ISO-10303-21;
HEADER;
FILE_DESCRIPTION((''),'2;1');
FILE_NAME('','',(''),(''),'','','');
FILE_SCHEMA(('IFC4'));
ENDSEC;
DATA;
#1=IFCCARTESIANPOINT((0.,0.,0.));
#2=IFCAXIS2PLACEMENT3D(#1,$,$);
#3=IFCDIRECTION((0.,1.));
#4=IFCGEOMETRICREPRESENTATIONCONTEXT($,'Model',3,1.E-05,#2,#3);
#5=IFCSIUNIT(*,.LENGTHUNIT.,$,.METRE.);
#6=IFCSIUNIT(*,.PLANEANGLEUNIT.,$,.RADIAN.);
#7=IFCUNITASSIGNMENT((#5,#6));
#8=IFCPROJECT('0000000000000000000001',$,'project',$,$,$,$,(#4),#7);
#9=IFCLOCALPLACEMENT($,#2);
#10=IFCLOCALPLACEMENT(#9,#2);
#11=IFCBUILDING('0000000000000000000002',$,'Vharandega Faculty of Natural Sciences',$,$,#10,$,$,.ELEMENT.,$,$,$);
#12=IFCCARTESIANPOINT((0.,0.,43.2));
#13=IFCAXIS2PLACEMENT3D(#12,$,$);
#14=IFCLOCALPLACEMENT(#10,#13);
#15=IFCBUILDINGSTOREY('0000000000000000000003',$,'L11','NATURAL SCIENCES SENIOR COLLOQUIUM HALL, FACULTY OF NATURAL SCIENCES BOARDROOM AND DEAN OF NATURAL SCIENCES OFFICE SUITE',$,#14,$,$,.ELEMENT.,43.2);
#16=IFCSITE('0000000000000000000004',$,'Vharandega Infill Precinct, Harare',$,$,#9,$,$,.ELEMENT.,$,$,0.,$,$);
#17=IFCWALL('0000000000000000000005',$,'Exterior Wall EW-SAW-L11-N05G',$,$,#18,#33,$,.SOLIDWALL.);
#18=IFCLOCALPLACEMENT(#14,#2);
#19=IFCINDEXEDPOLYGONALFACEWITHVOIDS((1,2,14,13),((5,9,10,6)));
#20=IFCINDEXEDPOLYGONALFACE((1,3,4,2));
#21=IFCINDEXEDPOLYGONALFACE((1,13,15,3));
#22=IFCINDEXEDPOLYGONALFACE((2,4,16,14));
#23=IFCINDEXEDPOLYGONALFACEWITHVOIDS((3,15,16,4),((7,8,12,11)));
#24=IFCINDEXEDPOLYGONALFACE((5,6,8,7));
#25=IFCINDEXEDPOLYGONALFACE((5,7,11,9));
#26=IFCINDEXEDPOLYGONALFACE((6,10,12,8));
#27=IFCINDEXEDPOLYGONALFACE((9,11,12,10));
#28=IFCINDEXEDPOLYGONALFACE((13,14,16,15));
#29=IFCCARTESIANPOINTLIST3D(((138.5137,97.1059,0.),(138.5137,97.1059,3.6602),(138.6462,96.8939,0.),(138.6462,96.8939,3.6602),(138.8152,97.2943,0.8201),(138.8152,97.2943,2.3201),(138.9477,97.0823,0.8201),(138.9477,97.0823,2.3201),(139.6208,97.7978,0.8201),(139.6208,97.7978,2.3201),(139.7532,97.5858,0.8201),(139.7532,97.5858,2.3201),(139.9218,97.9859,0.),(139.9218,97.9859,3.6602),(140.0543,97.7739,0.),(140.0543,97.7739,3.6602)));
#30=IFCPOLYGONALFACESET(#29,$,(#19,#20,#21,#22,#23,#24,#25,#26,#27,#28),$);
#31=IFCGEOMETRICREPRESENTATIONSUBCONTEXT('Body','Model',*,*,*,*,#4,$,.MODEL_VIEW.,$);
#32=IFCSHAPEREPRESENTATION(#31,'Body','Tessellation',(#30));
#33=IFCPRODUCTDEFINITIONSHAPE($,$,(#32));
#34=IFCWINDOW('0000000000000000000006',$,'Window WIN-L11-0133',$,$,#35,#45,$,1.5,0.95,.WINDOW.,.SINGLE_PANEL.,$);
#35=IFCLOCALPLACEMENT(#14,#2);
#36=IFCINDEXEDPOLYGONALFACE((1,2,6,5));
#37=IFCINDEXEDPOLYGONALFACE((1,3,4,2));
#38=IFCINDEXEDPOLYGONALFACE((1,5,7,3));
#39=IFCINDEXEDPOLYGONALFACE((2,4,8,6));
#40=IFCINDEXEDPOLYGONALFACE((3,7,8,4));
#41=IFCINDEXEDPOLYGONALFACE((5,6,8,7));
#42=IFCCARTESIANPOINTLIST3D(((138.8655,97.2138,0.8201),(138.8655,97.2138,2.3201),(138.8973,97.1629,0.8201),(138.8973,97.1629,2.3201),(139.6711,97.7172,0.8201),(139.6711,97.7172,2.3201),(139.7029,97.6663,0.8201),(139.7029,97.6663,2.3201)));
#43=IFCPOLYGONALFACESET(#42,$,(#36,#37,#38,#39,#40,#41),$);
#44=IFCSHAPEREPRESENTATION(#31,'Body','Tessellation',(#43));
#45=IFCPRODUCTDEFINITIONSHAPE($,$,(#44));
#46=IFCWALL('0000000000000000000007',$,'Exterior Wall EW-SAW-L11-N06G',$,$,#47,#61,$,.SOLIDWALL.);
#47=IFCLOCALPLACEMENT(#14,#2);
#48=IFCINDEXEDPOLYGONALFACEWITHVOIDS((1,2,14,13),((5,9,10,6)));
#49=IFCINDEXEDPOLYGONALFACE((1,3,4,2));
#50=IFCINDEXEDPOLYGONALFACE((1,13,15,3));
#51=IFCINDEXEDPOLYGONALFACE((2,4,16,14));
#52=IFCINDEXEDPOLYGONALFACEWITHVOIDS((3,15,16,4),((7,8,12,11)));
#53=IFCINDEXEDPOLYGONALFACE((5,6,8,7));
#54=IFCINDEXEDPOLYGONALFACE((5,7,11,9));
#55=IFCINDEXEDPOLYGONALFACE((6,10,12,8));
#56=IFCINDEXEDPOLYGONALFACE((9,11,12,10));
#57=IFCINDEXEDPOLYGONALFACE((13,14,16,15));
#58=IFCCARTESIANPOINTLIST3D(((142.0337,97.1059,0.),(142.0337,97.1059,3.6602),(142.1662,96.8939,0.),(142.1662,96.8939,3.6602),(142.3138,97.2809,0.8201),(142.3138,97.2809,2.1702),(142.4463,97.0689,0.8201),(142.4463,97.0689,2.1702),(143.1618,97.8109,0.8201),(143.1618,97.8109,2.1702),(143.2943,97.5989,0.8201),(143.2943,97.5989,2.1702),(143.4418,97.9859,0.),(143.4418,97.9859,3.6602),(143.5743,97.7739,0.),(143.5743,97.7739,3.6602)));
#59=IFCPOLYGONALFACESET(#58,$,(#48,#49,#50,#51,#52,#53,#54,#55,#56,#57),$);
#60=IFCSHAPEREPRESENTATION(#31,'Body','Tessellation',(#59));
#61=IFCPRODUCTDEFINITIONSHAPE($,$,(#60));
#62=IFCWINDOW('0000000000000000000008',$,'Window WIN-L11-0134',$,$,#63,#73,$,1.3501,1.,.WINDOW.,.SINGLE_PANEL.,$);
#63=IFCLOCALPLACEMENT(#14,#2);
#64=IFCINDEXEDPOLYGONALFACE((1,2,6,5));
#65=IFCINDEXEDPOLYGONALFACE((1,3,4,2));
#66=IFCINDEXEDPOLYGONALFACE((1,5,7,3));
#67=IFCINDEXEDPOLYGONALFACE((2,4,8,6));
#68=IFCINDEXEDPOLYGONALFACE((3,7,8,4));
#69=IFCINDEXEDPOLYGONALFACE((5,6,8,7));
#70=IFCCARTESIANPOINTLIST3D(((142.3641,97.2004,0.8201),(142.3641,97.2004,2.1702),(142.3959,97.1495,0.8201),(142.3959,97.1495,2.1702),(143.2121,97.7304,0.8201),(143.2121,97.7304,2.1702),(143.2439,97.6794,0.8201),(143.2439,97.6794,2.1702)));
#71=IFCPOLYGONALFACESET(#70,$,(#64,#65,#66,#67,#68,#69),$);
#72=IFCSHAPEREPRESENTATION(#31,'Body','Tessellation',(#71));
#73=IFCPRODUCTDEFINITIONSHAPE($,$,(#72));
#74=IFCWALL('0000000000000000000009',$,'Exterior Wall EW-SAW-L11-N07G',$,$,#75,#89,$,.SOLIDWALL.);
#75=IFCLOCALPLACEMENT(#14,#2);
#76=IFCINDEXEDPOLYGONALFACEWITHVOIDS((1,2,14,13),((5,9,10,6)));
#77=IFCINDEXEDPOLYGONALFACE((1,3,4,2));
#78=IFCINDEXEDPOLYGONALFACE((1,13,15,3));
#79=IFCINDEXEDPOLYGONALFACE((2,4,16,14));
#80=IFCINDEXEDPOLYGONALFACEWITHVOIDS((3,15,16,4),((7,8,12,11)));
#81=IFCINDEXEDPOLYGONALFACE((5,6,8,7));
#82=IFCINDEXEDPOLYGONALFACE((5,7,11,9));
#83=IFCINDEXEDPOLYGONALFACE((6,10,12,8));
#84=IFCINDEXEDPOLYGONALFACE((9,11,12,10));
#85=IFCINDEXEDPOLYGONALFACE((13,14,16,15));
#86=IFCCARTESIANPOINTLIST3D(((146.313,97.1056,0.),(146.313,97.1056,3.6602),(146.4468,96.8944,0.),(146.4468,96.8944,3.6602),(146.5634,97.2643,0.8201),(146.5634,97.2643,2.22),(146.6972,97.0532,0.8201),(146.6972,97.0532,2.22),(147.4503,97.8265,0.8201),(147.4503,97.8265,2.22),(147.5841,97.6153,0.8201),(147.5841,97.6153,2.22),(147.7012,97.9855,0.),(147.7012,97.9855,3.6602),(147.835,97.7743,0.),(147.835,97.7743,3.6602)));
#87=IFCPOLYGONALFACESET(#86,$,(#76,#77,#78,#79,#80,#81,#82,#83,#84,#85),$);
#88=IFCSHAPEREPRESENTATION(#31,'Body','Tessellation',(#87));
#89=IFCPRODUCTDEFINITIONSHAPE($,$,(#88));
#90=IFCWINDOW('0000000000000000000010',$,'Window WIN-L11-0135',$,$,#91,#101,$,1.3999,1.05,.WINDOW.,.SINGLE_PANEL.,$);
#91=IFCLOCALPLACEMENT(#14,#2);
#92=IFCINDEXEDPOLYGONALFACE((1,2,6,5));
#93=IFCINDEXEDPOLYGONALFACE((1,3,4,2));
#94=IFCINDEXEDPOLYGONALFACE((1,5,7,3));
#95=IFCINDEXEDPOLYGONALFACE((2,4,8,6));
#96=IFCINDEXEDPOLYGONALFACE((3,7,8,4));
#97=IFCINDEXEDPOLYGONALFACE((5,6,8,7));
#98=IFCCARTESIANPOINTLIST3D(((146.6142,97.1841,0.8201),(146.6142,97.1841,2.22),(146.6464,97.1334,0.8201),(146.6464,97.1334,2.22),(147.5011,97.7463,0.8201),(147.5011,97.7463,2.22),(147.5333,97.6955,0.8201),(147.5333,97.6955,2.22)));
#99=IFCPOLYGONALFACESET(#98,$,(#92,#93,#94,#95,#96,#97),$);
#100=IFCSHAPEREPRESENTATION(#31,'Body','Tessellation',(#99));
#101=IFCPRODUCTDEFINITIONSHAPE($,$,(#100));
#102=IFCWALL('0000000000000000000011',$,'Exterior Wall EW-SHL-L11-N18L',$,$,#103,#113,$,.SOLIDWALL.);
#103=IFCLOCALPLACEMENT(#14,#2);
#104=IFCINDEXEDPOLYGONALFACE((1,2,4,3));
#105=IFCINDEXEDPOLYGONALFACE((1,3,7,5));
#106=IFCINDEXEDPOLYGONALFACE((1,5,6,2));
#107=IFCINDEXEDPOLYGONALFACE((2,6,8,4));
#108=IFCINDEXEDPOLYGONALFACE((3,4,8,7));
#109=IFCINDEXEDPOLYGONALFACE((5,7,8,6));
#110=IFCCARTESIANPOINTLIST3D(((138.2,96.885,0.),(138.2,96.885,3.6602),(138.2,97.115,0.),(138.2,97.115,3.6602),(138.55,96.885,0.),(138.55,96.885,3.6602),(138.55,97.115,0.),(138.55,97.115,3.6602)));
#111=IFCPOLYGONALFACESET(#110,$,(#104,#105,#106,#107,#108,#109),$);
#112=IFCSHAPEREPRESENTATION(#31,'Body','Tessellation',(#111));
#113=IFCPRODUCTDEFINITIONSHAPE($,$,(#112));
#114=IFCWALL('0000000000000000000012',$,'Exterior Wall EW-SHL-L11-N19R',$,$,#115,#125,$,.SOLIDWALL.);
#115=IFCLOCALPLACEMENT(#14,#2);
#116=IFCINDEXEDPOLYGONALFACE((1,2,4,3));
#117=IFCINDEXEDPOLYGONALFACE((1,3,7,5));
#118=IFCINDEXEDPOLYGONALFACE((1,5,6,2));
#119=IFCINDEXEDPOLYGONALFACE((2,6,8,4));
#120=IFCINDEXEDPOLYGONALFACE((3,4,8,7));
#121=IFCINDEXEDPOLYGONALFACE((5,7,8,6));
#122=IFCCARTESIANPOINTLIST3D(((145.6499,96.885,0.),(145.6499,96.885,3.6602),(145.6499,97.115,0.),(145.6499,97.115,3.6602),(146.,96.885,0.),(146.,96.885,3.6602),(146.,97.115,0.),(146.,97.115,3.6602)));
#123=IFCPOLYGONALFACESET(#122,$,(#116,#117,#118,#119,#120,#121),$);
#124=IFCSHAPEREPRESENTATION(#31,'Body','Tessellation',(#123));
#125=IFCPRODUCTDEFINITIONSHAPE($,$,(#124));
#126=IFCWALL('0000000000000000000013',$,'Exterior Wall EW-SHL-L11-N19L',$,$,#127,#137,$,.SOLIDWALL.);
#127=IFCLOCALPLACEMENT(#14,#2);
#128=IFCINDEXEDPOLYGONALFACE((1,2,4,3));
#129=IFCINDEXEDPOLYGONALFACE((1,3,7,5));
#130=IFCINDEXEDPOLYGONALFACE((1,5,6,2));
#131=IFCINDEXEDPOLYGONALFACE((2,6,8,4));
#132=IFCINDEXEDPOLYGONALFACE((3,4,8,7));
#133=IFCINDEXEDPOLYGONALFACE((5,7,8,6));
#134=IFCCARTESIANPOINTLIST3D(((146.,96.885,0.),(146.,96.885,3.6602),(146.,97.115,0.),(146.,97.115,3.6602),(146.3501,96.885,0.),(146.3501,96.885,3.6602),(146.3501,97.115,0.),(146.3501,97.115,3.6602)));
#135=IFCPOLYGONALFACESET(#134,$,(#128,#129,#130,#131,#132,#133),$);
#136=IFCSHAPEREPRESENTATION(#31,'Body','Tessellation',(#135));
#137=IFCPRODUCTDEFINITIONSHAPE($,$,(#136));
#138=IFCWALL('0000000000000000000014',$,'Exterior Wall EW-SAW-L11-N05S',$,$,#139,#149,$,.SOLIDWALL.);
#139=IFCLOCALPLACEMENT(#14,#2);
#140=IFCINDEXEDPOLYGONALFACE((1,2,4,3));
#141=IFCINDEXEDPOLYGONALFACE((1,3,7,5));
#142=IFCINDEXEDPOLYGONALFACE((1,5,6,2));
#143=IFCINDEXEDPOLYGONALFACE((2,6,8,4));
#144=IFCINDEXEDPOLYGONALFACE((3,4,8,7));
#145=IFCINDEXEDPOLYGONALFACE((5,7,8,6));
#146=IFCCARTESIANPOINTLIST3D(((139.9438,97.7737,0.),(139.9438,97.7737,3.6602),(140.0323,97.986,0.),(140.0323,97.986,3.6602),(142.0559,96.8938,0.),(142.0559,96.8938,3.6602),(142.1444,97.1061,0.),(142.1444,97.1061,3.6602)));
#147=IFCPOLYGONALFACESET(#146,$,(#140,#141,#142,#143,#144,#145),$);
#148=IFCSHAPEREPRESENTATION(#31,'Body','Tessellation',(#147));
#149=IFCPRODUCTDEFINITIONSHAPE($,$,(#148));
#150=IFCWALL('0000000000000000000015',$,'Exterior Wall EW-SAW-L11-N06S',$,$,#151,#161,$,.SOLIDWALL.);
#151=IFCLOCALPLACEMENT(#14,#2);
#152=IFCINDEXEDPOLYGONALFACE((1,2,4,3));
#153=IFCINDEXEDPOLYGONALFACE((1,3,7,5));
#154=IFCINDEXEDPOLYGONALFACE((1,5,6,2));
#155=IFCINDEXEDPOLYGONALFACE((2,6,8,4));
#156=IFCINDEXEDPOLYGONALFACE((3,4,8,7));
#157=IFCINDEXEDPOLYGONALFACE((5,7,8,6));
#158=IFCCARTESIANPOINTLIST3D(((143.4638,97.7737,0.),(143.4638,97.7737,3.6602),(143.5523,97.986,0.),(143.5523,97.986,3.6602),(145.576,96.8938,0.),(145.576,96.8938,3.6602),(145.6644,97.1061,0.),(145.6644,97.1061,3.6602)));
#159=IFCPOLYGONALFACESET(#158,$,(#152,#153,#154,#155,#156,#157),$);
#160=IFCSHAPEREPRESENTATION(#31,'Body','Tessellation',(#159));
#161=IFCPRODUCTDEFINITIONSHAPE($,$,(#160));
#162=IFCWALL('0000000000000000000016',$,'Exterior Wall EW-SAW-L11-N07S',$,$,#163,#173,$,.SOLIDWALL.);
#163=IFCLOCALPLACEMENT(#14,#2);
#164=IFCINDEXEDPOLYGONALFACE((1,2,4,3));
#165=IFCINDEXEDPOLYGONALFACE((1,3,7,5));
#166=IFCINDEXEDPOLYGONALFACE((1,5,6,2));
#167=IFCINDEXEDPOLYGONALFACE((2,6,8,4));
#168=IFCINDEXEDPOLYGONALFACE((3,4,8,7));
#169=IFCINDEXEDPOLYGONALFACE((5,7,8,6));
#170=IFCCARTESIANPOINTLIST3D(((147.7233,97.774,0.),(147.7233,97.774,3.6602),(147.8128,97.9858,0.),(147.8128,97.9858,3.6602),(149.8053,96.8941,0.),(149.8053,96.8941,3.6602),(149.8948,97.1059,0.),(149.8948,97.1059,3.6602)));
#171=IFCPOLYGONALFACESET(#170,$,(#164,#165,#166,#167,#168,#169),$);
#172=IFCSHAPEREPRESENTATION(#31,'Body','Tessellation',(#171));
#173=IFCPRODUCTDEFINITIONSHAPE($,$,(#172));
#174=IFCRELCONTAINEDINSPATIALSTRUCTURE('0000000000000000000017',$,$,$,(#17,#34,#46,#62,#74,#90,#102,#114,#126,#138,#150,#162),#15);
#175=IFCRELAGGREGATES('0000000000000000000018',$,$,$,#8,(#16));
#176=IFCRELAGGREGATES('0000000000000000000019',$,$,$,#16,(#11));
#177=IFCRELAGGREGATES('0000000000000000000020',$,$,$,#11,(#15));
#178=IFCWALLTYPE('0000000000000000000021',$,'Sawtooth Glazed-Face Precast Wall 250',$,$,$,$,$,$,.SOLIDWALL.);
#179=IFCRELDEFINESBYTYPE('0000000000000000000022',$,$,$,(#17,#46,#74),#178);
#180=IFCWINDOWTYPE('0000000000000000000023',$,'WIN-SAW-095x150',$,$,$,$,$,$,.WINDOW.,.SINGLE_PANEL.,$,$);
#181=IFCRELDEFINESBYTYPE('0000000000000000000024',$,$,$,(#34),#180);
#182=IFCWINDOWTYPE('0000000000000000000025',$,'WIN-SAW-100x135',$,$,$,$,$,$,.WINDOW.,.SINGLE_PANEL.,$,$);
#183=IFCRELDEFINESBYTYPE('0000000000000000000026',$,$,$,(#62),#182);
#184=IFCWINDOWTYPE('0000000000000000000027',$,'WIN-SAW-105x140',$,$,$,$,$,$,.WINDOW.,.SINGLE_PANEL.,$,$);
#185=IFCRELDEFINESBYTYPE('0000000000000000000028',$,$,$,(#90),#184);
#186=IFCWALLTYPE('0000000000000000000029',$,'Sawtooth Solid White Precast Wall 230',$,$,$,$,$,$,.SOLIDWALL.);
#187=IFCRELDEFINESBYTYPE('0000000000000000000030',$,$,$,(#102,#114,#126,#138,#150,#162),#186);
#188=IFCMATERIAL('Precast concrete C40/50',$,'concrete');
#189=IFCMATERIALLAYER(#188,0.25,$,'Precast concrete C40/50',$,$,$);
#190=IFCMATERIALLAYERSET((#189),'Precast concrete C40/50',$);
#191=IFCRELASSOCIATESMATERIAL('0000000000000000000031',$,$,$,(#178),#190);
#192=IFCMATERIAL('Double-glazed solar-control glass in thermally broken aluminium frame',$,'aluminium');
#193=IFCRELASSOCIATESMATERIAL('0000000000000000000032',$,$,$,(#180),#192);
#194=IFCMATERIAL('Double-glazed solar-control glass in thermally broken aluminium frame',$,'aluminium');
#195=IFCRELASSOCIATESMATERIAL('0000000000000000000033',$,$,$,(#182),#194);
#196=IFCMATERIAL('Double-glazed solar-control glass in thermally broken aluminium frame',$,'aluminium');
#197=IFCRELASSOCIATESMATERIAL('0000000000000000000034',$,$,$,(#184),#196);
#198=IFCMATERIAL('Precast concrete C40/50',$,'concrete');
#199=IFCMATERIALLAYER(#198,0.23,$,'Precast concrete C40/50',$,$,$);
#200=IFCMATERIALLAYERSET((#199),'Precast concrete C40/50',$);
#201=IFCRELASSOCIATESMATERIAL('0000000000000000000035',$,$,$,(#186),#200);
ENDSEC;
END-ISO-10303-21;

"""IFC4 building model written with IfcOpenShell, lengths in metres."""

from ifc_helpers import new_model, si_unit, direction, frame, frame_2d, origin, place, context, subcontext, project, spatial, rectangle, extrude, material, layer, layer_set, type_object, element, fill, save


model = new_model("IFC4")

# Units and contexts
model_context = context("Model", 3, precision=1e-05, world=origin(), true_north=direction((0.0, 1.0)))
body_context = subcontext(model_context, "Body", "Model", "MODEL_VIEW")
ifc_project = project(units=[si_unit("LENGTHUNIT", "METRE"), si_unit("PLANEANGLEUNIT", "RADIAN")], contexts=[model_context])

# Site, building, storey
site_placement = place(None, origin())
site = spatial("IfcSite", under=ifc_project, at=site_placement, Name="Vharandega Infill Precinct, Harare", CompositionType="ELEMENT", RefElevation=0.0)
building_placement = place(site_placement, origin())
building = spatial("IfcBuilding", under=site, at=building_placement, Name="Vharandega Faculty of Natural Sciences", CompositionType="ELEMENT")
storey_placement = place(building_placement, frame((0.0, 0.0, 43.2)))
storey = spatial("IfcBuildingStorey", under=building, at=storey_placement, Name="L11", Description="NATURAL SCIENCES SENIOR COLLOQUIUM HALL, FACULTY OF NATURAL SCIENCES BOARDROOM AND DEAN OF NATURAL SCIENCES OFFICE SUITE", CompositionType="ELEMENT", Elevation=43.2)

# Walls, openings, windows
ifc_material_1 = material(Name="Precast concrete C40/50", Category="concrete")
ifc_layer_1 = layer(ifc_material_1, 0.25, Name="Precast concrete C40/50")
ifc_layer_set_1 = layer_set([ifc_layer_1], Name="Precast concrete C40/50")
wall_type_1 = type_object("IfcWallType", Name="Sawtooth Glazed-Face Precast Wall 250", PredefinedType="SOLIDWALL", material=ifc_layer_set_1)
wall_1_placement = place(storey_placement, frame((138.5801, 97.0, 0.0), z_axis=(0.0, 0.0, 1.0), x_axis=(0.848023, 0.529959, 0.0)))
wall_1 = element("IfcWall", 1, at=wall_1_placement, inside=storey, type_object=wall_type_1, Name="Exterior Wall EW-SAW-L11-N05G", PredefinedType="SOLIDWALL", context=body_context, shape_type="SweptSolid", body=[
    extrude(rectangle(XDim=1.6604, YDim=0.25, at=frame_2d((0.8301, 0.0))), origin(), (0.0, 0.0, 1.0), 3.6602),
])
opening_1_placement = place(wall_1_placement, frame((0.3552, 0.0, 0.8201)))
opening_1 = element("IfcOpeningElement", 2, at=opening_1_placement, cuts=wall_1, PredefinedType="OPENING", context=body_context, shape_type="SweptSolid", body=[
    extrude(rectangle(XDim=0.95, YDim=1.5, at=frame_2d((0.4751, 0.75))), frame((0.0, 0.135, 0.0), z_axis=(0.0, -1.0, 0.0), x_axis=(1.0, 0.0, 0.0)), (0.0, 0.0, 1.0), 0.27),
])
ifc_material_2 = material(Name="Double-glazed solar-control glass in thermally broken aluminium frame", Category="aluminium")
window_type_1 = type_object("IfcWindowType", Name="WIN-SAW-095x150", PartitioningType="SINGLE_PANEL", PredefinedType="WINDOW", material=ifc_material_2)
window_1_placement = place(opening_1_placement, origin())
window_1 = element("IfcWindow", 3, at=window_1_placement, inside=storey, type_object=window_type_1, Name="Window WIN-L11-0133", OverallHeight=1.5, OverallWidth=0.95, PartitioningType="SINGLE_PANEL", PredefinedType="WINDOW", context=body_context, shape_type="SweptSolid", body=[
    extrude(rectangle(XDim=0.95, YDim=1.5, at=frame_2d((0.4751, 0.75))), frame((0.0, 0.03, 0.0), z_axis=(0.0, -1.0, 0.0), x_axis=(1.0, 0.0, 0.0)), (0.0, 0.0, 1.0), 0.0601),
])
fill(opening_1, window_1)
wall_2_placement = place(storey_placement, frame((142.1001, 97.0, 0.0), z_axis=(0.0, 0.0, 1.0), x_axis=(0.848023, 0.529959, 0.0)))
wall_2 = element("IfcWall", 4, at=wall_2_placement, inside=storey, type_object=wall_type_1, Name="Exterior Wall EW-SAW-L11-N06G", PredefinedType="SOLIDWALL", context=body_context, shape_type="SweptSolid", body=[
    extrude(rectangle(XDim=1.6604, YDim=0.25, at=frame_2d((0.8301, 0.0))), origin(), (0.0, 0.0, 1.0), 3.6602),
])
opening_2_placement = place(wall_2_placement, frame((0.3301, 0.0, 0.8201)))
opening_2 = element("IfcOpeningElement", 5, at=opening_2_placement, cuts=wall_2, PredefinedType="OPENING", context=body_context, shape_type="SweptSolid", body=[
    extrude(rectangle(XDim=1.0, YDim=1.3501, at=frame_2d((0.5, 0.675))), frame((0.0, 0.135, 0.0), z_axis=(0.0, -1.0, 0.0), x_axis=(1.0, 0.0, 0.0)), (0.0, 0.0, 1.0), 0.27),
])
ifc_material_3 = material(Name="Double-glazed solar-control glass in thermally broken aluminium frame", Category="aluminium")
window_type_2 = type_object("IfcWindowType", Name="WIN-SAW-100x135", PartitioningType="SINGLE_PANEL", PredefinedType="WINDOW", material=ifc_material_3)
window_2_placement = place(opening_2_placement, origin())
window_2 = element("IfcWindow", 6, at=window_2_placement, inside=storey, type_object=window_type_2, Name="Window WIN-L11-0134", OverallHeight=1.3501, OverallWidth=1.0, PartitioningType="SINGLE_PANEL", PredefinedType="WINDOW", context=body_context, shape_type="SweptSolid", body=[
    extrude(rectangle(XDim=1.0, YDim=1.3501, at=frame_2d((0.5, 0.675))), frame((0.0, 0.03, 0.0), z_axis=(0.0, -1.0, 0.0), x_axis=(1.0, 0.0, 0.0)), (0.0, 0.0, 1.0), 0.0601),
])
fill(opening_2, window_2)
wall_3_placement = place(storey_placement, frame((146.3799, 97.0, 0.0), z_axis=(0.0, 0.0, 1.0), x_axis=(0.844627, 0.535356, 0.0)))
wall_3 = element("IfcWall", 7, at=wall_3_placement, inside=storey, type_object=wall_type_1, Name="Exterior Wall EW-SAW-L11-N07G", PredefinedType="SOLIDWALL", context=body_context, shape_type="SweptSolid", body=[
    extrude(rectangle(XDim=1.6436, YDim=0.25, at=frame_2d((0.8218, 0.0))), origin(), (0.0, 0.0, 1.0), 3.6602),
])
opening_3_placement = place(wall_3_placement, frame((0.2966, 0.0, 0.8201)))
opening_3 = element("IfcOpeningElement", 8, at=opening_3_placement, cuts=wall_3, PredefinedType="OPENING", context=body_context, shape_type="SweptSolid", body=[
    extrude(rectangle(XDim=1.05, YDim=1.3999, at=frame_2d((0.5249, 0.7))), frame((0.0, 0.135, 0.0), z_axis=(0.0, -1.0, 0.0), x_axis=(1.0, 0.0, 0.0)), (0.0, 0.0, 1.0), 0.27),
])
ifc_material_4 = material(Name="Double-glazed solar-control glass in thermally broken aluminium frame", Category="aluminium")
window_type_3 = type_object("IfcWindowType", Name="WIN-SAW-105x140", PartitioningType="SINGLE_PANEL", PredefinedType="WINDOW", material=ifc_material_4)
window_3_placement = place(opening_3_placement, origin())
window_3 = element("IfcWindow", 9, at=window_3_placement, inside=storey, type_object=window_type_3, Name="Window WIN-L11-0135", OverallHeight=1.3999, OverallWidth=1.05, PartitioningType="SINGLE_PANEL", PredefinedType="WINDOW", context=body_context, shape_type="SweptSolid", body=[
    extrude(rectangle(XDim=1.05, YDim=1.3999, at=frame_2d((0.5249, 0.7))), frame((0.0, 0.03, 0.0), z_axis=(0.0, -1.0, 0.0), x_axis=(1.0, 0.0, 0.0)), (0.0, 0.0, 1.0), 0.0601),
])
fill(opening_3, window_3)

# Walls
ifc_material_5 = material(Name="Precast concrete C40/50", Category="concrete")
ifc_layer_2 = layer(ifc_material_5, 0.23, Name="Precast concrete C40/50")
ifc_layer_set_2 = layer_set([ifc_layer_2], Name="Precast concrete C40/50")
wall_type_2 = type_object("IfcWallType", Name="Sawtooth Solid White Precast Wall 230", PredefinedType="SOLIDWALL", material=ifc_layer_set_2)
for number, where, z_axis, x_axis, name in (
    (10, (138.2, 97.0, 0.0), (0.0, 0.0, 1.0), (1.0, 0.0, 0.0), "Exterior Wall EW-SHL-L11-N18L"),
    (11, (145.6499, 97.0, 0.0), (0.0, 0.0, 1.0), (1.0, 0.0, 0.0), "Exterior Wall EW-SHL-L11-N19R"),
    (12, (146.0, 97.0, 0.0), (0.0, 0.0, 1.0), (1.0, 0.0, 0.0), "Exterior Wall EW-SHL-L11-N19L"),
):
    element("IfcWall", number, at=place(storey_placement, frame(where, z_axis=z_axis, x_axis=x_axis)), inside=storey, type_object=wall_type_2, Name=name, PredefinedType="SOLIDWALL", context=body_context, shape_type="SweptSolid", body=[
        extrude(rectangle(XDim=0.3501, YDim=0.23, at=frame_2d((0.175, 0.0))), origin(), (0.0, 0.0, 1.0), 3.6602),
    ])
for number, where, z_axis, x_axis, name in (
    (13, (139.988, 97.8799, 0.0), (0.0, 0.0, 1.0), (0.923099, -0.384562, 0.0), "Exterior Wall EW-SAW-L11-N05S"),
    (14, (143.5081, 97.8799, 0.0), (0.0, 0.0, 1.0), (0.923099, -0.384562, 0.0), "Exterior Wall EW-SAW-L11-N06S"),
):
    element("IfcWall", number, at=place(storey_placement, frame(where, z_axis=z_axis, x_axis=x_axis)), inside=storey, type_object=wall_type_2, Name=name, PredefinedType="SOLIDWALL", context=body_context, shape_type="SweptSolid", body=[
        extrude(rectangle(XDim=2.2881, YDim=0.23, at=frame_2d((1.144, 0.0))), origin(), (0.0, 0.0, 1.0), 3.6602),
    ])
wall_4_placement = place(storey_placement, frame((147.7681, 97.8799, 0.0), z_axis=(0.0, 0.0, 1.0), x_axis=(0.921122, -0.389274, 0.0)))
element("IfcWall", 15, at=wall_4_placement, inside=storey, type_object=wall_type_2, Name="Exterior Wall EW-SAW-L11-N07S", PredefinedType="SOLIDWALL", context=body_context, shape_type="SweptSolid", body=[
    extrude(rectangle(XDim=2.2603, YDim=0.23, at=frame_2d((1.1301, 0.0))), origin(), (0.0, 0.0, 1.0), 3.6602),
])

save(model, "model.ifc")
